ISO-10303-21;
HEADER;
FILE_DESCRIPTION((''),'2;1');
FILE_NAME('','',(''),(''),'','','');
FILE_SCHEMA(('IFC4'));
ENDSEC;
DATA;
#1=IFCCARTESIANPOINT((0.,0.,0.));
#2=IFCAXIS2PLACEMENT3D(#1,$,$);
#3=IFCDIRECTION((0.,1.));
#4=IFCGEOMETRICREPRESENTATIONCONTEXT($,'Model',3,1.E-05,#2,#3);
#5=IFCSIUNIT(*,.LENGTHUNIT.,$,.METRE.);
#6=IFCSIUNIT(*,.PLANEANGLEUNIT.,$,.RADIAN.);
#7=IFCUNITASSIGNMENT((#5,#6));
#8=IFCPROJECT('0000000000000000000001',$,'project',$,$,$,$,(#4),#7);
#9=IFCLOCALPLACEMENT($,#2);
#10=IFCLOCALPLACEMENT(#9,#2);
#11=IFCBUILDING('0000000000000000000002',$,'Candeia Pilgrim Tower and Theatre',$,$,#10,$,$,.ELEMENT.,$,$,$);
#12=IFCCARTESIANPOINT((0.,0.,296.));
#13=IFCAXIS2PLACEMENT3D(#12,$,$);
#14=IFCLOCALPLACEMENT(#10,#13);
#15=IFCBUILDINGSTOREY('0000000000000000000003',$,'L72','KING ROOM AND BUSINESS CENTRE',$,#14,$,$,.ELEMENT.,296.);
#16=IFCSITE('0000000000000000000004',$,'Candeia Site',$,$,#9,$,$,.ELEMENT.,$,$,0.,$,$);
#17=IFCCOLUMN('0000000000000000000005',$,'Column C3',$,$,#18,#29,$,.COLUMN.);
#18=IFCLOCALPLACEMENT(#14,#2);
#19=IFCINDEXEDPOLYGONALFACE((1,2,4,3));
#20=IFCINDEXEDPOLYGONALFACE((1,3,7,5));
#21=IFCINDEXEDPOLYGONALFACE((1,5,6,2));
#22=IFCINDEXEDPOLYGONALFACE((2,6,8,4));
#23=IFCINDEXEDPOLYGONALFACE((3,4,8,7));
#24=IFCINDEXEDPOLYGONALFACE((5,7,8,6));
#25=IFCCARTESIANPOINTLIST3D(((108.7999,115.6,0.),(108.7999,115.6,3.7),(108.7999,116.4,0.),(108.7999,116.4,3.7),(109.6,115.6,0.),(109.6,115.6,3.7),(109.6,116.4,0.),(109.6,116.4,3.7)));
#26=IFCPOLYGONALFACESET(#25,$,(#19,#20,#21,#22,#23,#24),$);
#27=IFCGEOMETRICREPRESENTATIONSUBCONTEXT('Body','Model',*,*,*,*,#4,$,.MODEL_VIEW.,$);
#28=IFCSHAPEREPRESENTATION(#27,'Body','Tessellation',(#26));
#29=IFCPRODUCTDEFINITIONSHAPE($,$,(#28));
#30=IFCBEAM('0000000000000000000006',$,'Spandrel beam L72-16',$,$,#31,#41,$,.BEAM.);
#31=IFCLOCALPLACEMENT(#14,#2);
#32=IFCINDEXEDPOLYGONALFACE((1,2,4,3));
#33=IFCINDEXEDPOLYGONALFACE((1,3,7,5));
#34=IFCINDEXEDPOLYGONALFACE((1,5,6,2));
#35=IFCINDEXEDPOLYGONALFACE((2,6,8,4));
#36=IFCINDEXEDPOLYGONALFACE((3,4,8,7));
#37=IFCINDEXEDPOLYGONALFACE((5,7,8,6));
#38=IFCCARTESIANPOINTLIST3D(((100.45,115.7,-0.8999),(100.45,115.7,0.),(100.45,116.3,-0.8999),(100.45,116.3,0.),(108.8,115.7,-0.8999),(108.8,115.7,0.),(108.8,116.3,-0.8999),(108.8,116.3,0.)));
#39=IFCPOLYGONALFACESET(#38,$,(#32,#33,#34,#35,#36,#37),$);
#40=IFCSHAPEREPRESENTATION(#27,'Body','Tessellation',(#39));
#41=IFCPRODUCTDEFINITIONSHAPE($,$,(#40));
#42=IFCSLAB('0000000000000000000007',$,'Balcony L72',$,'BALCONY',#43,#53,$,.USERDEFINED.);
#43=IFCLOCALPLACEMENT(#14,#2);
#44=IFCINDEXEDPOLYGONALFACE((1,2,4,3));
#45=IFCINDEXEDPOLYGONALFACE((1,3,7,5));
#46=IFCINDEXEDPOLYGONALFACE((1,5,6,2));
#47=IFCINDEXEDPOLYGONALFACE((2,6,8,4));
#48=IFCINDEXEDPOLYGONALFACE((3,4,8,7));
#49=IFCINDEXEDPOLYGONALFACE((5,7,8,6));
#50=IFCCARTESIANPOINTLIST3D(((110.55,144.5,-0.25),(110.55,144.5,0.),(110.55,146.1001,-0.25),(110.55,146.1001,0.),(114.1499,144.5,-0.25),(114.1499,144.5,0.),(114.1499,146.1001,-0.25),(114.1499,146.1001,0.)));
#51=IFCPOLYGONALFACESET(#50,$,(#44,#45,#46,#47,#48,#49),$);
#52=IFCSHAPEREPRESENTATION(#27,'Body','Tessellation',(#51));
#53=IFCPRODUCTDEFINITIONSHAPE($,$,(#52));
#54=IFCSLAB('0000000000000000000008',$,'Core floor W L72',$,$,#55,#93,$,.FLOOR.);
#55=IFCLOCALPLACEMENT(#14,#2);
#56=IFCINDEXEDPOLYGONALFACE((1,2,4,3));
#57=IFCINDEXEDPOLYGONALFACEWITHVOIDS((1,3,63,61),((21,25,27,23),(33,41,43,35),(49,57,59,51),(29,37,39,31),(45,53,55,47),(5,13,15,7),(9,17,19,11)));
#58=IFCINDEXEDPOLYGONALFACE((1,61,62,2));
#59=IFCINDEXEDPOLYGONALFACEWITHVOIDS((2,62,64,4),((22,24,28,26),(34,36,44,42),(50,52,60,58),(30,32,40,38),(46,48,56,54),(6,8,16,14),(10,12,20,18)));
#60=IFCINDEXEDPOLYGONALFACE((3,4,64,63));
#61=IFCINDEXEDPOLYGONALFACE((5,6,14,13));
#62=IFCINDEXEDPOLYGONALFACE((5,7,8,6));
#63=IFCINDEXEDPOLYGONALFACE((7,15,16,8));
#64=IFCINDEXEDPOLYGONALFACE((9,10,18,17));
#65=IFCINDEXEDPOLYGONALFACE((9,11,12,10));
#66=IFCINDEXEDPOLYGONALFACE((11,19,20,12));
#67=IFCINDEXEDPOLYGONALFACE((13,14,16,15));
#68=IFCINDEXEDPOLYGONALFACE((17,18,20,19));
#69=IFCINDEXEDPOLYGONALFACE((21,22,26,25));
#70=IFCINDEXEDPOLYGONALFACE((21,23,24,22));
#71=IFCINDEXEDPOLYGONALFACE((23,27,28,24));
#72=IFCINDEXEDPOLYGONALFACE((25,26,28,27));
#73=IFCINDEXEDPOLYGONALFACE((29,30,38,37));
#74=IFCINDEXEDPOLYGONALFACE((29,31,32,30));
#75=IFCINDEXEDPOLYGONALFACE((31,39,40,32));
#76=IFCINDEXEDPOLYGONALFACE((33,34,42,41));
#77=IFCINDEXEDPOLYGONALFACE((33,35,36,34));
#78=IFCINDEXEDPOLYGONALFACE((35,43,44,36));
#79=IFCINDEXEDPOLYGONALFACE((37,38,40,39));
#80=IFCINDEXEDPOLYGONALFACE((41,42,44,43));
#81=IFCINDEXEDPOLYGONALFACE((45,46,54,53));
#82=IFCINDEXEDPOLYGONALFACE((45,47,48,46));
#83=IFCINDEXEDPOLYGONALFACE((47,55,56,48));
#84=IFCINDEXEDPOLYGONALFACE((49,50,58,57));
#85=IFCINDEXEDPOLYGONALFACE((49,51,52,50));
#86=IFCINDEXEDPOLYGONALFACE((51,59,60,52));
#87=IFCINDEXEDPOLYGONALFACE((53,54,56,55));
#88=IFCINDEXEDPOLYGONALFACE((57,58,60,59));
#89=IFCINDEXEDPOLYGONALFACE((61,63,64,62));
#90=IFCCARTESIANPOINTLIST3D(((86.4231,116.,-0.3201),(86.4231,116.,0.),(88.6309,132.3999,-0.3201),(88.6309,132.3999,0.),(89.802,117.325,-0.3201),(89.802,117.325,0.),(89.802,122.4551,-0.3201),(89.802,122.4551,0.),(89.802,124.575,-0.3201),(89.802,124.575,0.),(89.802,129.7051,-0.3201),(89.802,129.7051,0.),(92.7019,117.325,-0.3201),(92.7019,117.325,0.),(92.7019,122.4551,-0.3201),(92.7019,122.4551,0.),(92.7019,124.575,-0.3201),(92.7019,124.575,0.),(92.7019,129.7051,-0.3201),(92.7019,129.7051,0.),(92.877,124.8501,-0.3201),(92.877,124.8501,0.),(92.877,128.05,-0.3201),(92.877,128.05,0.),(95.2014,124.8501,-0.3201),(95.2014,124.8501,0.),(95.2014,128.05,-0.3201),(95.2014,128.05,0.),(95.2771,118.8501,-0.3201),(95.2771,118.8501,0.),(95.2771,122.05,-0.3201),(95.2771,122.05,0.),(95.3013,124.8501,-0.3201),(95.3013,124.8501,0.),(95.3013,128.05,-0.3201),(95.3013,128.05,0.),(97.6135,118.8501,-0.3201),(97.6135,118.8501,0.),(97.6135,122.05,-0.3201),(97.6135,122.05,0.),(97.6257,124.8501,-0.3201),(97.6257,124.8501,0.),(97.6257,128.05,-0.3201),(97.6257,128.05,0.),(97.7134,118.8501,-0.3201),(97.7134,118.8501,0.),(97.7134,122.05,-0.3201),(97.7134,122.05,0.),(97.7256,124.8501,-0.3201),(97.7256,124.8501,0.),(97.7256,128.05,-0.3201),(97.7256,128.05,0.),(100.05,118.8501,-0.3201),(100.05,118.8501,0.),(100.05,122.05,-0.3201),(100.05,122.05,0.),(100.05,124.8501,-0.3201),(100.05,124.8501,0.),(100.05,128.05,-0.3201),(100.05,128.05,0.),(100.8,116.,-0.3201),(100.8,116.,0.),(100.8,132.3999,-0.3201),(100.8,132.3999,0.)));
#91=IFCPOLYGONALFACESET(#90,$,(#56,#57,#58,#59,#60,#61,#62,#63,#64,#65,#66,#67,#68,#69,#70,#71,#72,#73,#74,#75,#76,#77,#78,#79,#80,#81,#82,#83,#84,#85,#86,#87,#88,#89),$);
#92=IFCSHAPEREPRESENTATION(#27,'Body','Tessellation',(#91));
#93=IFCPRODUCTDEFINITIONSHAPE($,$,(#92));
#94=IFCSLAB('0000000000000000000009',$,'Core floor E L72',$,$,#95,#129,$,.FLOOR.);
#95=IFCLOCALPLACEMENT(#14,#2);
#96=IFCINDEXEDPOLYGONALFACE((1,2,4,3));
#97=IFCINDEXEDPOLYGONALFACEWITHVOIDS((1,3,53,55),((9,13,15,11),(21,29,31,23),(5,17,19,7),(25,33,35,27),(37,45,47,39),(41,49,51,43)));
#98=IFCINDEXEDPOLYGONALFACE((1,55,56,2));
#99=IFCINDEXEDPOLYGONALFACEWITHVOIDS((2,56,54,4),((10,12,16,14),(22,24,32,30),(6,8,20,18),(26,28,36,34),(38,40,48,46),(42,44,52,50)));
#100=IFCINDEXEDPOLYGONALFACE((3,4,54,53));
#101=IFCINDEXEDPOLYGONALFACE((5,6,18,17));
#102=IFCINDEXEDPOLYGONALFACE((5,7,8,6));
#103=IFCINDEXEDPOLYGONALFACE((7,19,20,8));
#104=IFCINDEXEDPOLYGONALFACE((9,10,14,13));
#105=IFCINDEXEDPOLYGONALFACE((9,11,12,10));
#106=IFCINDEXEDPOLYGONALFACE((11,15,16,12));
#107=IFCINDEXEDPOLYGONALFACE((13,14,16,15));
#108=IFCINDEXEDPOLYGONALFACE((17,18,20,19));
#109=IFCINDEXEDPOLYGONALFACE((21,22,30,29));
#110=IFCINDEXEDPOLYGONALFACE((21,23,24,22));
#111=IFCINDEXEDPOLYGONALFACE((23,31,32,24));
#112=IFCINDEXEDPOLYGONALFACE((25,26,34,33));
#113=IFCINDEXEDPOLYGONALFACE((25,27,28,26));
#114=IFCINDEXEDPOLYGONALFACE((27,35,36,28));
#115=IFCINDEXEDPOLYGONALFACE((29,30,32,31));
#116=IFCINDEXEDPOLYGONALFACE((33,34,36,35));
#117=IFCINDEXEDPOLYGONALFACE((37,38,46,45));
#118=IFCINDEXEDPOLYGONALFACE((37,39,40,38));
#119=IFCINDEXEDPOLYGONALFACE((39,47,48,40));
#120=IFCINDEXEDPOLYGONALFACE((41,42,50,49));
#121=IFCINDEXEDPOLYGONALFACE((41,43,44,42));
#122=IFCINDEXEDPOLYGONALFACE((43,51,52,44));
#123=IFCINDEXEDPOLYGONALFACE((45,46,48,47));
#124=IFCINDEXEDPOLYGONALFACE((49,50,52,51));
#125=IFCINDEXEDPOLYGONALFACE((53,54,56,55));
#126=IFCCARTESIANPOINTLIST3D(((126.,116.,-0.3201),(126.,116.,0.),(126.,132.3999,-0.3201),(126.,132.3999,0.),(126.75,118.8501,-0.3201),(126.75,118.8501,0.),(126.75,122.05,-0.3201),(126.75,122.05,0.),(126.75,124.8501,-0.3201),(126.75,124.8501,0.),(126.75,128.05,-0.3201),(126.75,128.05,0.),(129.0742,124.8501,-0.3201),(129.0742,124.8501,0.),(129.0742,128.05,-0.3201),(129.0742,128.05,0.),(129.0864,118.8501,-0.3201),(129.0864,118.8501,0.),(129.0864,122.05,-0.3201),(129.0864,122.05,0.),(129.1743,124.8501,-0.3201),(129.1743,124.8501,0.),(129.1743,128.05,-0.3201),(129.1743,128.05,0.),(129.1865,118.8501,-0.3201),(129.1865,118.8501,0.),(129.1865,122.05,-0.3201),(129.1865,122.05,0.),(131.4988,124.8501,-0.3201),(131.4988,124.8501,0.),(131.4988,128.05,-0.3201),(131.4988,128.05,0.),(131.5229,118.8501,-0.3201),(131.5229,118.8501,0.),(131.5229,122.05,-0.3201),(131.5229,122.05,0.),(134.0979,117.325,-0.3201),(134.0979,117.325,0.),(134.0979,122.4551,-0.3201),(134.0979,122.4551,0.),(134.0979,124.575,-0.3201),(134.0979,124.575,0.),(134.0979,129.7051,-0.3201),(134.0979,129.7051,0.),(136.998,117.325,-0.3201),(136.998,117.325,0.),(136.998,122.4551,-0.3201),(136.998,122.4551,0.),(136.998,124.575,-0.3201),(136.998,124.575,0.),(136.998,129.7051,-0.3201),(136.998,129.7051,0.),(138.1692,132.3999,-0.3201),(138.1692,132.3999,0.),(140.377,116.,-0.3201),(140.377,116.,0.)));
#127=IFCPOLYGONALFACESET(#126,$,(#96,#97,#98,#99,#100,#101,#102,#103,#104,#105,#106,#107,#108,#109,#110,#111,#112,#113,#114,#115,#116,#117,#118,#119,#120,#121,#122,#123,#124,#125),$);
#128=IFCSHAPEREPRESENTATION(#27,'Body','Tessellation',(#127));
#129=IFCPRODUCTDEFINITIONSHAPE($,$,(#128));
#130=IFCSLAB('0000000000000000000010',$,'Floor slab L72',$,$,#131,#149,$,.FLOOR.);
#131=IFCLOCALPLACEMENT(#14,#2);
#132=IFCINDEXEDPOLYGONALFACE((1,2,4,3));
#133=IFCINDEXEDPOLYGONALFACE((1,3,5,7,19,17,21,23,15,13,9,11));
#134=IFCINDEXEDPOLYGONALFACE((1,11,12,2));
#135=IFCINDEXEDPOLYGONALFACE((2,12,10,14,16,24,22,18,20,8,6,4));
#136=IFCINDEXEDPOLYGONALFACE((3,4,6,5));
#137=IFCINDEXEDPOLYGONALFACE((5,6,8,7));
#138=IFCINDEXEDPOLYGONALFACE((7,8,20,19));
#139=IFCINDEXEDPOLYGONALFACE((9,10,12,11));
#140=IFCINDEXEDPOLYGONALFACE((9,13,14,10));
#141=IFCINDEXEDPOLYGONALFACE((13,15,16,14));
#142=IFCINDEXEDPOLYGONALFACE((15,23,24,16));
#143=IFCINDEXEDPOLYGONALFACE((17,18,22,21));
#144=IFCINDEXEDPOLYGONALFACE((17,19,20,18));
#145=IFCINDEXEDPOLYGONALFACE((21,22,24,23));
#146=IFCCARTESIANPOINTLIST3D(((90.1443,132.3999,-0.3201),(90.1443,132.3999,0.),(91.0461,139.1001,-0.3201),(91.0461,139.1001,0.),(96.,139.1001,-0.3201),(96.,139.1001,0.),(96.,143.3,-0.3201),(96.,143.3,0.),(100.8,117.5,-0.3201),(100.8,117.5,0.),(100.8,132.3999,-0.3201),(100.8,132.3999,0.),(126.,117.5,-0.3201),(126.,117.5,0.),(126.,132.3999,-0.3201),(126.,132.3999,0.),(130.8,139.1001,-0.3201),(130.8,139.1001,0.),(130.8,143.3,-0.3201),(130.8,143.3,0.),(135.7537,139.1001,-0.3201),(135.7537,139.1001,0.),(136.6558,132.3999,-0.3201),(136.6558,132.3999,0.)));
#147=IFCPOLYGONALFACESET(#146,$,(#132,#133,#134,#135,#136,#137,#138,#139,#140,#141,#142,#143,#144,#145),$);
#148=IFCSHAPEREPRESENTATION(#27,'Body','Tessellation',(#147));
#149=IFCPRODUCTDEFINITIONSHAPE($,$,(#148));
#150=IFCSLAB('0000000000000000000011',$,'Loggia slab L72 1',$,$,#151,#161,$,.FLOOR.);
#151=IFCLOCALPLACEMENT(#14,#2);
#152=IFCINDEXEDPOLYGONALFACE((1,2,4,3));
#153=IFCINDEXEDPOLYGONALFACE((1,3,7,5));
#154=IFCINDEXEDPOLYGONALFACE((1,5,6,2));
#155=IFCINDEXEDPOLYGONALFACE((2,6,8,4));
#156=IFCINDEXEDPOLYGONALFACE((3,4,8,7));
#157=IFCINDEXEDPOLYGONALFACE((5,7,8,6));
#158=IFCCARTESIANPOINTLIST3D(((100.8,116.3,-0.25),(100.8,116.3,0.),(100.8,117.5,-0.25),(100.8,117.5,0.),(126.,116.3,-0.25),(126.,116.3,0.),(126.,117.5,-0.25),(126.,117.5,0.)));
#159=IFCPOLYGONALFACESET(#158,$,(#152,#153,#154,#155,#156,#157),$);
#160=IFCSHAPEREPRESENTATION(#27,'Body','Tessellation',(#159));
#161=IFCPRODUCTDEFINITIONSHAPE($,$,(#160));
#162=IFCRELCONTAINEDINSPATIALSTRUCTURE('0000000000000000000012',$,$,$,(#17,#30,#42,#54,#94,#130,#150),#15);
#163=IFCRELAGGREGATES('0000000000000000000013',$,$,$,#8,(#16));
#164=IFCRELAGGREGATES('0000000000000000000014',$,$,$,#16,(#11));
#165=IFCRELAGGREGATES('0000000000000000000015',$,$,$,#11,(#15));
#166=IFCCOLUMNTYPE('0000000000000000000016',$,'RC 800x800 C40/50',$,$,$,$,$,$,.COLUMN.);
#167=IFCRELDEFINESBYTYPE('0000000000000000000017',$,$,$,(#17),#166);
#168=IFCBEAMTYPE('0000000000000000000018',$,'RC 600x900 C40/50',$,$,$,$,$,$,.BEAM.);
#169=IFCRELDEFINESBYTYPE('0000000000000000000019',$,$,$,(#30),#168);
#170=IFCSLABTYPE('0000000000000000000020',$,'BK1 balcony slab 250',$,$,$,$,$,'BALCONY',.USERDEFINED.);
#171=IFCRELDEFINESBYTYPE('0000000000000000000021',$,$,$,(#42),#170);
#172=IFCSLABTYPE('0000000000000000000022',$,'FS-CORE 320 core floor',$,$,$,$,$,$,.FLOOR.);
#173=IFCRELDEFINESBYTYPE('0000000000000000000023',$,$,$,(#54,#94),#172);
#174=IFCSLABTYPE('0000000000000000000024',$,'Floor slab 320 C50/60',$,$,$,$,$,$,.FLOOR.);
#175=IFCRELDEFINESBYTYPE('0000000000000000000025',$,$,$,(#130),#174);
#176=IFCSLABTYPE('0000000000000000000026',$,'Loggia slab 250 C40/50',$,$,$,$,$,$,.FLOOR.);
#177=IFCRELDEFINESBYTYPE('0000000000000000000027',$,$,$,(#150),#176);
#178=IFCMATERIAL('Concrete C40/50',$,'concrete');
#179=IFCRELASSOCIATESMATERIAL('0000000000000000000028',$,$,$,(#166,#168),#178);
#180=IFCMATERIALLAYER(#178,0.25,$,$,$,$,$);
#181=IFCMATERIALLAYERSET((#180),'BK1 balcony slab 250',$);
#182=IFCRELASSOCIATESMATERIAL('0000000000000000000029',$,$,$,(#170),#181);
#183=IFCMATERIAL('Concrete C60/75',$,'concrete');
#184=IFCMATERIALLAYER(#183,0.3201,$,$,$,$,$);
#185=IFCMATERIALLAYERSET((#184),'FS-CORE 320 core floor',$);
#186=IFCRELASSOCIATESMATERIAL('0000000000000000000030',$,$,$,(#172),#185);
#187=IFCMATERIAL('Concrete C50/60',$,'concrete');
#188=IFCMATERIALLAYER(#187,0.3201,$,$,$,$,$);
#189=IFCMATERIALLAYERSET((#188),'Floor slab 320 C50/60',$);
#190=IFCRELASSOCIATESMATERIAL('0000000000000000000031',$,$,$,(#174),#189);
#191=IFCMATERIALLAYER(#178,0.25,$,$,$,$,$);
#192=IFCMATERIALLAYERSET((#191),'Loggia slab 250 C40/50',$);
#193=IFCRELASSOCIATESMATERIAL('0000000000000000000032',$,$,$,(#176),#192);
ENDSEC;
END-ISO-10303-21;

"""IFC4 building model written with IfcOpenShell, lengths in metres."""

from ifc_helpers import new_model, si_unit, direction, frame, origin, origin_2d, place, context, subcontext, project, spatial, polyline, rectangle, outline, extrude, material, layer, layer_set, material_profile, profile_set, type_object, element, save


model = new_model("IFC4")

# Units and contexts
model_context = context("Model", 3, precision=1e-05, world=origin(), true_north=direction((0.0, 1.0)))
body_context = subcontext(model_context, "Body", "Model", "MODEL_VIEW")
ifc_project = project(units=[si_unit("LENGTHUNIT", "METRE"), si_unit("PLANEANGLEUNIT", "RADIAN")], contexts=[model_context])

# Site, building, storey
site_placement = place(None, origin())
site = spatial("IfcSite", under=ifc_project, at=site_placement, Name="Candeia Site", CompositionType="ELEMENT", RefElevation=0.0)
building_placement = place(site_placement, origin())
building = spatial("IfcBuilding", under=site, at=building_placement, Name="Candeia Pilgrim Tower and Theatre", CompositionType="ELEMENT")
storey_placement = place(building_placement, frame((0.0, 0.0, 296.0)))
storey = spatial("IfcBuildingStorey", under=building, at=storey_placement, Name="L72", Description="KING ROOM AND BUSINESS CENTRE", CompositionType="ELEMENT", Elevation=296.0)

# Column
ifc_material_1 = material(Name="Concrete C40/50", Category="concrete")
ifc_material_profile_1 = material_profile(ifc_material_1, rectangle(XDim=0.8, YDim=0.8, at=origin_2d()))
ifc_profile_set_1 = profile_set([ifc_material_profile_1], Name="Concrete C40/50")
column_type = type_object("IfcColumnType", Name="RC 800x800 C40/50", PredefinedType="COLUMN", material=ifc_profile_set_1)
column_placement = place(storey_placement, frame((109.2, 116.0, 0.0), z_axis=(0.0, 0.0, 1.0), x_axis=(1.0, 0.0, 0.0)))
element("IfcColumn", 1, at=column_placement, inside=storey, type_object=column_type, Name="Column C3", PredefinedType="COLUMN", context=body_context, shape_type="SweptSolid", body=[
    extrude(rectangle(XDim=0.8, YDim=0.8, at=origin_2d()), origin(), (0.0, 0.0, 1.0), 3.7),
])

# Beam
ifc_material_profile_2 = material_profile(ifc_material_1, rectangle(XDim=0.6001, YDim=0.8999, at=origin_2d()))
ifc_profile_set_2 = profile_set([ifc_material_profile_2], Name="Concrete C40/50")
beam_type = type_object("IfcBeamType", Name="RC 600x900 C40/50", PredefinedType="BEAM", material=ifc_profile_set_2)
beam_placement = place(storey_placement, frame((108.8, 116.0, -0.45), z_axis=(-1.0, 0.0, 0.0), x_axis=(0.0, -1.0, 0.0)))
element("IfcBeam", 2, at=beam_placement, inside=storey, type_object=beam_type, Name="Spandrel beam L72-16", PredefinedType="BEAM", context=body_context, shape_type="SweptSolid", body=[
    extrude(rectangle(XDim=0.6001, YDim=0.8999, at=origin_2d()), origin(), (0.0, 0.0, 1.0), 8.3501),
])

# Slabs
ifc_layer_1 = layer(ifc_material_1, 0.25)
ifc_layer_set_1 = layer_set([ifc_layer_1], Name="BK1 balcony slab 250")
slab_type_1 = type_object("IfcSlabType", Name="BK1 balcony slab 250", ElementType="BALCONY", PredefinedType="USERDEFINED", material=ifc_layer_set_1)
slab_1_placement = place(storey_placement, frame((0.0, 0.0, -0.25)))
element("IfcSlab", 3, at=slab_1_placement, inside=storey, type_object=slab_type_1, Name="Balcony L72", ObjectType="BALCONY", PredefinedType="USERDEFINED", context=body_context, shape_type="SweptSolid", body=[
    extrude(outline(polyline([(110.55, 144.5), (114.1499, 144.5), (114.1499, 146.1001), (110.55, 146.1001), (110.55, 144.5)])), origin(), (0.0, 0.0, 1.0), 0.25),
])
ifc_material_2 = material(Name="Concrete C60/75", Category="concrete")
ifc_layer_2 = layer(ifc_material_2, 0.3201)
ifc_layer_set_2 = layer_set([ifc_layer_2], Name="FS-CORE 320 core floor")
slab_type_2 = type_object("IfcSlabType", Name="FS-CORE 320 core floor", PredefinedType="FLOOR", material=ifc_layer_set_2)
slab_2_placement = place(storey_placement, frame((0.0, 0.0, -0.3201)))
element("IfcSlab", 4, at=slab_2_placement, inside=storey, type_object=slab_type_2, Name="Core floor W L72", PredefinedType="FLOOR", context=body_context, shape_type="SweptSolid", body=[
    extrude(outline(polyline([(100.8, 132.3999), (100.8, 116.0), (86.4231, 116.0), (88.6309, 132.3999), (100.8, 132.3999)]), holes=[polyline([(97.7134, 122.05), (97.7134, 118.8501), (100.05, 118.8501), (100.05, 122.05), (97.7134, 122.05)]), polyline([(97.7256, 128.05), (97.7256, 124.8501), (100.05, 124.8501), (100.05, 128.05), (97.7256, 128.05)]), polyline([(95.3013, 128.05), (95.3013, 124.8501), (97.6257, 124.8501), (97.6257, 128.05), (95.3013, 128.05)]), polyline([(95.2771, 122.05), (95.2771, 118.8501), (97.6135, 118.8501), (97.6135, 122.05), (95.2771, 122.05)]), polyline([(92.877, 128.05), (92.877, 124.8501), (95.2014, 124.8501), (95.2014, 128.05), (92.877, 128.05)]), polyline([(89.802, 117.325), (92.7019, 117.325), (92.7019, 122.4551), (89.802, 122.4551), (89.802, 117.325)]), polyline([(89.802, 129.7051), (89.802, 124.575), (92.7019, 124.575), (92.7019, 129.7051), (89.802, 129.7051)])]), origin(), (0.0, 0.0, 1.0), 0.3201),
])
slab_3_placement = place(storey_placement, frame((0.0, 0.0, -0.3201)))
element("IfcSlab", 5, at=slab_3_placement, inside=storey, type_object=slab_type_2, Name="Core floor E L72", PredefinedType="FLOOR", context=body_context, shape_type="SweptSolid", body=[
    extrude(outline(polyline([(138.1692, 132.3999), (140.377, 116.0), (126.0, 116.0), (126.0, 132.3999), (138.1692, 132.3999)]), holes=[polyline([(134.0979, 117.325), (136.998, 117.325), (136.998, 122.4551), (134.0979, 122.4551), (134.0979, 117.325)]), polyline([(134.0979, 129.7051), (134.0979, 124.575), (136.998, 124.575), (136.998, 129.7051), (134.0979, 129.7051)]), polyline([(131.5229, 122.05), (129.1865, 122.05), (129.1865, 118.8501), (131.5229, 118.8501), (131.5229, 122.05)]), polyline([(131.4988, 128.05), (129.1743, 128.05), (129.1743, 124.8501), (131.4988, 124.8501), (131.4988, 128.05)]), polyline([(129.0864, 122.05), (126.75, 122.05), (126.75, 118.8501), (129.0864, 118.8501), (129.0864, 122.05)]), polyline([(126.75, 128.05), (126.75, 124.8501), (129.0742, 124.8501), (129.0742, 128.05), (126.75, 128.05)])]), origin(), (0.0, 0.0, 1.0), 0.3201),
])
ifc_material_3 = material(Name="Concrete C50/60", Category="concrete")
ifc_layer_3 = layer(ifc_material_3, 0.3201)
ifc_layer_set_3 = layer_set([ifc_layer_3], Name="Floor slab 320 C50/60")
slab_type_3 = type_object("IfcSlabType", Name="Floor slab 320 C50/60", PredefinedType="FLOOR", material=ifc_layer_set_3)
slab_4_placement = place(storey_placement, frame((0.0, 0.0, -0.3201)))
element("IfcSlab", 6, at=slab_4_placement, inside=storey, type_object=slab_type_3, Name="Floor slab L72", PredefinedType="FLOOR", context=body_context, shape_type="SweptSolid", body=[
    extrude(outline(polyline([(96.0, 139.1001), (96.0, 143.3), (130.8, 143.3), (130.8, 139.1001), (135.7537, 139.1001), (136.6558, 132.3999), (126.0, 132.3999), (126.0, 117.5), (100.8, 117.5), (100.8, 132.3999), (90.1443, 132.3999), (91.0461, 139.1001), (96.0, 139.1001)])), origin(), (0.0, 0.0, 1.0), 0.3201),
])
ifc_layer_4 = layer(ifc_material_1, 0.25)
ifc_layer_set_4 = layer_set([ifc_layer_4], Name="Loggia slab 250 C40/50")
slab_type_4 = type_object("IfcSlabType", Name="Loggia slab 250 C40/50", PredefinedType="FLOOR", material=ifc_layer_set_4)
slab_5_placement = place(storey_placement, frame((0.0, 0.0, -0.25)))
element("IfcSlab", 7, at=slab_5_placement, inside=storey, type_object=slab_type_4, Name="Loggia slab L72 1", PredefinedType="FLOOR", context=body_context, shape_type="SweptSolid", body=[
    extrude(outline(polyline([(100.8, 117.5), (126.0, 117.5), (126.0, 116.3), (100.8, 116.3), (100.8, 117.5)])), origin(), (0.0, 0.0, 1.0), 0.25),
])

save(model, "model.ifc")
